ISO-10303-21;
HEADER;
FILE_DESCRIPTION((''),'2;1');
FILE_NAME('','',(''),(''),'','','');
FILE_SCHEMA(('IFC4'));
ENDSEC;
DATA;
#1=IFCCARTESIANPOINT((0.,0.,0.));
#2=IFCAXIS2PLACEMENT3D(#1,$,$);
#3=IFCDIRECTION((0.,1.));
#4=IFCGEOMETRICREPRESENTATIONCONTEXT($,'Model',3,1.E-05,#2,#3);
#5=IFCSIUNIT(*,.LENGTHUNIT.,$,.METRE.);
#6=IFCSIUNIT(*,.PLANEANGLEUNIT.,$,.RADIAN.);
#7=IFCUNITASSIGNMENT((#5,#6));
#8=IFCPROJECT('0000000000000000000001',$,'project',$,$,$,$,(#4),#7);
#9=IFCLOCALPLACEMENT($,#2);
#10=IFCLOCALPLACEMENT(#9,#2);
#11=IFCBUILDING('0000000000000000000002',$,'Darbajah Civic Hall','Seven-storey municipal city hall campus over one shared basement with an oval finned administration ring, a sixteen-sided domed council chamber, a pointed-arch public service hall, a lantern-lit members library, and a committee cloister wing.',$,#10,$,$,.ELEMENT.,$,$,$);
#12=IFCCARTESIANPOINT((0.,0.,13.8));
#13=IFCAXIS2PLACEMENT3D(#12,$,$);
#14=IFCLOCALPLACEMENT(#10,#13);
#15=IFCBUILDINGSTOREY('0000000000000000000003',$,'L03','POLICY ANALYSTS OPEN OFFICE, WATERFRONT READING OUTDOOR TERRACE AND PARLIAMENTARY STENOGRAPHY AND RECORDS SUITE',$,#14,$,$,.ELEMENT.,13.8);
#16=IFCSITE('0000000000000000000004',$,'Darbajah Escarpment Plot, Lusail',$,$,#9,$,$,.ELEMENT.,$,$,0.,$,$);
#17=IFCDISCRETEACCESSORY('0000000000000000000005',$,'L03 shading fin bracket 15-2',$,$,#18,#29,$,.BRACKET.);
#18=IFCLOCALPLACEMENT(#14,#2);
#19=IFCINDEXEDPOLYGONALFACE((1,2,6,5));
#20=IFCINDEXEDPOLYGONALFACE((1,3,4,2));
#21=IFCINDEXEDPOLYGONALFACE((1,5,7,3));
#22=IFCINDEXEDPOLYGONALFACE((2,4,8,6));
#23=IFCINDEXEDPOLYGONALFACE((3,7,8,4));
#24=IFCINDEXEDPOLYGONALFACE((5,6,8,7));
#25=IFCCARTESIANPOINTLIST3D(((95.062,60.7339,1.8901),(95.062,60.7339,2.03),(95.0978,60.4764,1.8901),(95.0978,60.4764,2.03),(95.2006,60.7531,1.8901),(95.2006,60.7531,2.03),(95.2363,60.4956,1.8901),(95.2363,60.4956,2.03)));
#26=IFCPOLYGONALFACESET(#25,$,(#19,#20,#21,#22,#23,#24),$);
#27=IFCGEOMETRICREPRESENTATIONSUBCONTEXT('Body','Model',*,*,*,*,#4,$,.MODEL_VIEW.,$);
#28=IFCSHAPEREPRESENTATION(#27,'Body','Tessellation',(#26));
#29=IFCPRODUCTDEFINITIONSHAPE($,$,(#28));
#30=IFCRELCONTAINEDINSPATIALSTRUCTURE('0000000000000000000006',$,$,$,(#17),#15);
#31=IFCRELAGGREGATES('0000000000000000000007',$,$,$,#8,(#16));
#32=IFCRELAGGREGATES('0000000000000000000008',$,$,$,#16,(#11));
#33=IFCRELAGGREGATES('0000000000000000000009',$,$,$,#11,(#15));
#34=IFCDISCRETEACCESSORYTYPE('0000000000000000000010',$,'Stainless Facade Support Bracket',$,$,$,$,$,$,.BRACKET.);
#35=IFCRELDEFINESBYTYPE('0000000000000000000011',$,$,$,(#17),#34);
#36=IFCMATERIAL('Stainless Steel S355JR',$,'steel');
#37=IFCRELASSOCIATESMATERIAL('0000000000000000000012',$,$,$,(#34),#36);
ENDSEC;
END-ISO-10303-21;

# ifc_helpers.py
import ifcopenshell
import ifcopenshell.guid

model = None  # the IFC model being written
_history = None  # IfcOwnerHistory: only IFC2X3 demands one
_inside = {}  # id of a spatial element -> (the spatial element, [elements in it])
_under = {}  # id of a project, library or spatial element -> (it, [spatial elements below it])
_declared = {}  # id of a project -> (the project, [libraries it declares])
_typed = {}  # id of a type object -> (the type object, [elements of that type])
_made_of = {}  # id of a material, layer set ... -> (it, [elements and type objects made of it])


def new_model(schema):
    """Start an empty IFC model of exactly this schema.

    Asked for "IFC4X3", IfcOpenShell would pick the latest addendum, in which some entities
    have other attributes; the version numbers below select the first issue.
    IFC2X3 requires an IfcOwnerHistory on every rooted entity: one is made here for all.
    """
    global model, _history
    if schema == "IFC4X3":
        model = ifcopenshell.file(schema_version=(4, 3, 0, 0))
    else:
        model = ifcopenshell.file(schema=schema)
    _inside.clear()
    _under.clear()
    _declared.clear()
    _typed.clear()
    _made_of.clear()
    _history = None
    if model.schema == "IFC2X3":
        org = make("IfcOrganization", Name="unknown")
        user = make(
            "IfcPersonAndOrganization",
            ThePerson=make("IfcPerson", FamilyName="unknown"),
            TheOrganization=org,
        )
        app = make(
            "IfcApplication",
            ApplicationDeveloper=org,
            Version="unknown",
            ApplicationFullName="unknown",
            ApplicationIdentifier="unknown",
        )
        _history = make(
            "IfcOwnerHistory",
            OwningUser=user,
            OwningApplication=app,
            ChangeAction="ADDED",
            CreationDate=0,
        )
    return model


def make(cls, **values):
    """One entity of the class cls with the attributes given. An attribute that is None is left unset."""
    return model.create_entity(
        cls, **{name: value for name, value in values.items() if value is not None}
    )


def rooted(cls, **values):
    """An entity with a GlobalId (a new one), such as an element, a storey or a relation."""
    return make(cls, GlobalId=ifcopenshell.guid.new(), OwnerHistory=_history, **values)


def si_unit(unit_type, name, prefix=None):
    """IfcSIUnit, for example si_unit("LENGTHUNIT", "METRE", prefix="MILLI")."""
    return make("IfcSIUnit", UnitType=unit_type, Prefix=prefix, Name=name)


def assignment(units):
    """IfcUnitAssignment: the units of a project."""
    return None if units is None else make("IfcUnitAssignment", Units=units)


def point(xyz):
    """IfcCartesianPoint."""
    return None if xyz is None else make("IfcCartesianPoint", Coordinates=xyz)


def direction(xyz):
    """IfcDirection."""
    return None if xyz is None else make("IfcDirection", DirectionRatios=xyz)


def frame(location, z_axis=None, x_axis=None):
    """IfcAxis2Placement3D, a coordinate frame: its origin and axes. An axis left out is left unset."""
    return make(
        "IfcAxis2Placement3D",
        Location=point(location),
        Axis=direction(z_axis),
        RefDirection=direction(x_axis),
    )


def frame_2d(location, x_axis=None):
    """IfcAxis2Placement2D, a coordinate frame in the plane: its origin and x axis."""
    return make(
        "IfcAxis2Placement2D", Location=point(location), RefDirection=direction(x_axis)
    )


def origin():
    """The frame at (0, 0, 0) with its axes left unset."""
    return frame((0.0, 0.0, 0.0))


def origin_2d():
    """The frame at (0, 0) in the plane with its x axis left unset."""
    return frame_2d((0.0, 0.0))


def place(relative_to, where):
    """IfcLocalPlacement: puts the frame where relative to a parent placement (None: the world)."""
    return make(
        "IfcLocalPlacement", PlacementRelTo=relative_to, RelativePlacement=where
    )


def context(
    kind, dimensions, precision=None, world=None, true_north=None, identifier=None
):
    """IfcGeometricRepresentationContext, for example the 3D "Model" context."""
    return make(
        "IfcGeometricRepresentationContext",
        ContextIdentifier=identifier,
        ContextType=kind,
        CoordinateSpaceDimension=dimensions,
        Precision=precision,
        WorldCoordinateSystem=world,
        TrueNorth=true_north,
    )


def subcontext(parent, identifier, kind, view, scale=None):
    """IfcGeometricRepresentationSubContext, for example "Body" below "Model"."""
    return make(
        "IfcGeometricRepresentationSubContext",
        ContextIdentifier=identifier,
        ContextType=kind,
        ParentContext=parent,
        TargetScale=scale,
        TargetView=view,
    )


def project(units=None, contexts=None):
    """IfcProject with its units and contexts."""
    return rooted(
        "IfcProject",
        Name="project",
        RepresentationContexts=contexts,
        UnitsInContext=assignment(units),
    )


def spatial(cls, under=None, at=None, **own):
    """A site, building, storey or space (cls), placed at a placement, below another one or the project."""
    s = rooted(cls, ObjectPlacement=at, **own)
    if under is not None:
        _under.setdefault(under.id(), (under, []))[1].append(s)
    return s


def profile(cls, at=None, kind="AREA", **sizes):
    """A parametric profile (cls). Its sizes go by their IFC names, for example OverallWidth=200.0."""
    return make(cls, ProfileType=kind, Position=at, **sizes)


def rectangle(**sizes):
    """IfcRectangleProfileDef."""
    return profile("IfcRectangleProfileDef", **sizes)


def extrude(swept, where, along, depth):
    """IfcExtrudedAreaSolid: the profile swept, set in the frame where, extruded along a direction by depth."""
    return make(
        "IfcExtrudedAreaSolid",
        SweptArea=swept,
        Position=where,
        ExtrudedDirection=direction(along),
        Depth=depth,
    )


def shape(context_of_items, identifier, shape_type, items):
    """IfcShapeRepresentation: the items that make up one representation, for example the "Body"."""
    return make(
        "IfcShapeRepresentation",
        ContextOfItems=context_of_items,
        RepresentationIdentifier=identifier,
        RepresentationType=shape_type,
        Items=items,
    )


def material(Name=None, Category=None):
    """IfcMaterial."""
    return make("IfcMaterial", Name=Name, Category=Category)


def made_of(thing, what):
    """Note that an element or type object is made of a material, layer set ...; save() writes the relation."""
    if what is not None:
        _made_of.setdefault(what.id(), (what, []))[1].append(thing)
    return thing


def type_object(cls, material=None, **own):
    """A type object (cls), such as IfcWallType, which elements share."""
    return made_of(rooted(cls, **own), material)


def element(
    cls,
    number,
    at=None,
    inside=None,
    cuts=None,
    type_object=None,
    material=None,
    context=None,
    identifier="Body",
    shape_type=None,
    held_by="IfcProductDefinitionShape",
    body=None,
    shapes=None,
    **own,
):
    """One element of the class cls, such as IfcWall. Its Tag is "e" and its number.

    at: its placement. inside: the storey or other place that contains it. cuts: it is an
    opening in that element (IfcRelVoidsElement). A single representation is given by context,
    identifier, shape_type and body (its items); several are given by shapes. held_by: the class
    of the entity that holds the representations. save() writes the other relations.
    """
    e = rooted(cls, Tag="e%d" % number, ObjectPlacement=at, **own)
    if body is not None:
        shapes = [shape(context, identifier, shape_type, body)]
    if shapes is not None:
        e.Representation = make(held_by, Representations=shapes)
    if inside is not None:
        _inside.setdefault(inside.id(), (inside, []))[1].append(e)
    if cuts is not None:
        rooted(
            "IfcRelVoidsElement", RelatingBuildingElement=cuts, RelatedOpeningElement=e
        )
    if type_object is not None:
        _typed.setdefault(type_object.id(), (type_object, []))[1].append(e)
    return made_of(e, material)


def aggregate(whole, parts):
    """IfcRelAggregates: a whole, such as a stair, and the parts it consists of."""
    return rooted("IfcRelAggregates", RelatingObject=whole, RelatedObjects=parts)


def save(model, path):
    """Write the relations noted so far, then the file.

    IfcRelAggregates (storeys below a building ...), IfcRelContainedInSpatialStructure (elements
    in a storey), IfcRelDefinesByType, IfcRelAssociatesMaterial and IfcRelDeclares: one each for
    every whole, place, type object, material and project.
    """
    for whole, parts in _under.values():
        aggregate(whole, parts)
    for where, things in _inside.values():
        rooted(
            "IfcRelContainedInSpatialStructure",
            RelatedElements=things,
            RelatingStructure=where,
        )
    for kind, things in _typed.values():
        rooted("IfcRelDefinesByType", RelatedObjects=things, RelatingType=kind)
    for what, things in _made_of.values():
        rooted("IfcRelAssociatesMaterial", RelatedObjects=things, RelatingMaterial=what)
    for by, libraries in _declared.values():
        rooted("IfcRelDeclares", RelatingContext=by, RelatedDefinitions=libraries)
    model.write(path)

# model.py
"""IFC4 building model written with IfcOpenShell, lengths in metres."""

from ifc_helpers import new_model, si_unit, direction, frame, origin, origin_2d, place, context, subcontext, project, spatial, rectangle, extrude, material, type_object, element, save


model = new_model("IFC4")

# Units and contexts
model_context = context("Model", 3, precision=1e-05, world=origin(), true_north=direction((0.0, 1.0)))
body_context = subcontext(model_context, "Body", "Model", "MODEL_VIEW")
ifc_project = project(units=[si_unit("LENGTHUNIT", "METRE"), si_unit("PLANEANGLEUNIT", "RADIAN")], contexts=[model_context])

# Site, building, storey
site_placement = place(None, origin())
site = spatial("IfcSite", under=ifc_project, at=site_placement, Name="Darbajah Escarpment Plot, Lusail", CompositionType="ELEMENT", RefElevation=0.0)
building_placement = place(site_placement, origin())
building = spatial("IfcBuilding", under=site, at=building_placement, Name="Darbajah Civic Hall", Description="Seven-storey municipal city hall campus over one shared basement with an oval finned administration ring, a sixteen-sided domed council chamber, a pointed-arch public service hall, a lantern-lit members library, and a committee cloister wing.", CompositionType="ELEMENT")
storey_placement = place(building_placement, frame((0.0, 0.0, 13.8)))
storey = spatial("IfcBuildingStorey", under=building, at=storey_placement, Name="L03", Description="POLICY ANALYSTS OPEN OFFICE, WATERFRONT READING OUTDOOR TERRACE AND PARLIAMENTARY STENOGRAPHY AND RECORDS SUITE", CompositionType="ELEMENT", Elevation=13.8)

# Discrete accessory
ifc_material_1 = material(Name="Stainless Steel S355JR", Category="steel")
discrete_accessory_type = type_object("IfcDiscreteAccessoryType", Name="Stainless Facade Support Bracket", PredefinedType="BRACKET", material=ifc_material_1)
for number, where, z_axis, x_axis, name in (
    (1, (95.1492, 60.6147, 1.8901), (0.0, 0.0, 1.0), (0.137617, -0.990485, 0.0), "L03 shading fin bracket 15-2"),
):
    element("IfcDiscreteAccessory", number, at=place(storey_placement, frame(where, z_axis=z_axis, x_axis=x_axis)), inside=storey, type_object=discrete_accessory_type, Name=name, PredefinedType="BRACKET", context=body_context, shape_type="SweptSolid", body=[
        extrude(rectangle(XDim=0.26, YDim=0.1399, at=origin_2d()), origin(), (0.0, 0.0, 1.0), 0.1399),
    ])

save(model, "model.ifc")
